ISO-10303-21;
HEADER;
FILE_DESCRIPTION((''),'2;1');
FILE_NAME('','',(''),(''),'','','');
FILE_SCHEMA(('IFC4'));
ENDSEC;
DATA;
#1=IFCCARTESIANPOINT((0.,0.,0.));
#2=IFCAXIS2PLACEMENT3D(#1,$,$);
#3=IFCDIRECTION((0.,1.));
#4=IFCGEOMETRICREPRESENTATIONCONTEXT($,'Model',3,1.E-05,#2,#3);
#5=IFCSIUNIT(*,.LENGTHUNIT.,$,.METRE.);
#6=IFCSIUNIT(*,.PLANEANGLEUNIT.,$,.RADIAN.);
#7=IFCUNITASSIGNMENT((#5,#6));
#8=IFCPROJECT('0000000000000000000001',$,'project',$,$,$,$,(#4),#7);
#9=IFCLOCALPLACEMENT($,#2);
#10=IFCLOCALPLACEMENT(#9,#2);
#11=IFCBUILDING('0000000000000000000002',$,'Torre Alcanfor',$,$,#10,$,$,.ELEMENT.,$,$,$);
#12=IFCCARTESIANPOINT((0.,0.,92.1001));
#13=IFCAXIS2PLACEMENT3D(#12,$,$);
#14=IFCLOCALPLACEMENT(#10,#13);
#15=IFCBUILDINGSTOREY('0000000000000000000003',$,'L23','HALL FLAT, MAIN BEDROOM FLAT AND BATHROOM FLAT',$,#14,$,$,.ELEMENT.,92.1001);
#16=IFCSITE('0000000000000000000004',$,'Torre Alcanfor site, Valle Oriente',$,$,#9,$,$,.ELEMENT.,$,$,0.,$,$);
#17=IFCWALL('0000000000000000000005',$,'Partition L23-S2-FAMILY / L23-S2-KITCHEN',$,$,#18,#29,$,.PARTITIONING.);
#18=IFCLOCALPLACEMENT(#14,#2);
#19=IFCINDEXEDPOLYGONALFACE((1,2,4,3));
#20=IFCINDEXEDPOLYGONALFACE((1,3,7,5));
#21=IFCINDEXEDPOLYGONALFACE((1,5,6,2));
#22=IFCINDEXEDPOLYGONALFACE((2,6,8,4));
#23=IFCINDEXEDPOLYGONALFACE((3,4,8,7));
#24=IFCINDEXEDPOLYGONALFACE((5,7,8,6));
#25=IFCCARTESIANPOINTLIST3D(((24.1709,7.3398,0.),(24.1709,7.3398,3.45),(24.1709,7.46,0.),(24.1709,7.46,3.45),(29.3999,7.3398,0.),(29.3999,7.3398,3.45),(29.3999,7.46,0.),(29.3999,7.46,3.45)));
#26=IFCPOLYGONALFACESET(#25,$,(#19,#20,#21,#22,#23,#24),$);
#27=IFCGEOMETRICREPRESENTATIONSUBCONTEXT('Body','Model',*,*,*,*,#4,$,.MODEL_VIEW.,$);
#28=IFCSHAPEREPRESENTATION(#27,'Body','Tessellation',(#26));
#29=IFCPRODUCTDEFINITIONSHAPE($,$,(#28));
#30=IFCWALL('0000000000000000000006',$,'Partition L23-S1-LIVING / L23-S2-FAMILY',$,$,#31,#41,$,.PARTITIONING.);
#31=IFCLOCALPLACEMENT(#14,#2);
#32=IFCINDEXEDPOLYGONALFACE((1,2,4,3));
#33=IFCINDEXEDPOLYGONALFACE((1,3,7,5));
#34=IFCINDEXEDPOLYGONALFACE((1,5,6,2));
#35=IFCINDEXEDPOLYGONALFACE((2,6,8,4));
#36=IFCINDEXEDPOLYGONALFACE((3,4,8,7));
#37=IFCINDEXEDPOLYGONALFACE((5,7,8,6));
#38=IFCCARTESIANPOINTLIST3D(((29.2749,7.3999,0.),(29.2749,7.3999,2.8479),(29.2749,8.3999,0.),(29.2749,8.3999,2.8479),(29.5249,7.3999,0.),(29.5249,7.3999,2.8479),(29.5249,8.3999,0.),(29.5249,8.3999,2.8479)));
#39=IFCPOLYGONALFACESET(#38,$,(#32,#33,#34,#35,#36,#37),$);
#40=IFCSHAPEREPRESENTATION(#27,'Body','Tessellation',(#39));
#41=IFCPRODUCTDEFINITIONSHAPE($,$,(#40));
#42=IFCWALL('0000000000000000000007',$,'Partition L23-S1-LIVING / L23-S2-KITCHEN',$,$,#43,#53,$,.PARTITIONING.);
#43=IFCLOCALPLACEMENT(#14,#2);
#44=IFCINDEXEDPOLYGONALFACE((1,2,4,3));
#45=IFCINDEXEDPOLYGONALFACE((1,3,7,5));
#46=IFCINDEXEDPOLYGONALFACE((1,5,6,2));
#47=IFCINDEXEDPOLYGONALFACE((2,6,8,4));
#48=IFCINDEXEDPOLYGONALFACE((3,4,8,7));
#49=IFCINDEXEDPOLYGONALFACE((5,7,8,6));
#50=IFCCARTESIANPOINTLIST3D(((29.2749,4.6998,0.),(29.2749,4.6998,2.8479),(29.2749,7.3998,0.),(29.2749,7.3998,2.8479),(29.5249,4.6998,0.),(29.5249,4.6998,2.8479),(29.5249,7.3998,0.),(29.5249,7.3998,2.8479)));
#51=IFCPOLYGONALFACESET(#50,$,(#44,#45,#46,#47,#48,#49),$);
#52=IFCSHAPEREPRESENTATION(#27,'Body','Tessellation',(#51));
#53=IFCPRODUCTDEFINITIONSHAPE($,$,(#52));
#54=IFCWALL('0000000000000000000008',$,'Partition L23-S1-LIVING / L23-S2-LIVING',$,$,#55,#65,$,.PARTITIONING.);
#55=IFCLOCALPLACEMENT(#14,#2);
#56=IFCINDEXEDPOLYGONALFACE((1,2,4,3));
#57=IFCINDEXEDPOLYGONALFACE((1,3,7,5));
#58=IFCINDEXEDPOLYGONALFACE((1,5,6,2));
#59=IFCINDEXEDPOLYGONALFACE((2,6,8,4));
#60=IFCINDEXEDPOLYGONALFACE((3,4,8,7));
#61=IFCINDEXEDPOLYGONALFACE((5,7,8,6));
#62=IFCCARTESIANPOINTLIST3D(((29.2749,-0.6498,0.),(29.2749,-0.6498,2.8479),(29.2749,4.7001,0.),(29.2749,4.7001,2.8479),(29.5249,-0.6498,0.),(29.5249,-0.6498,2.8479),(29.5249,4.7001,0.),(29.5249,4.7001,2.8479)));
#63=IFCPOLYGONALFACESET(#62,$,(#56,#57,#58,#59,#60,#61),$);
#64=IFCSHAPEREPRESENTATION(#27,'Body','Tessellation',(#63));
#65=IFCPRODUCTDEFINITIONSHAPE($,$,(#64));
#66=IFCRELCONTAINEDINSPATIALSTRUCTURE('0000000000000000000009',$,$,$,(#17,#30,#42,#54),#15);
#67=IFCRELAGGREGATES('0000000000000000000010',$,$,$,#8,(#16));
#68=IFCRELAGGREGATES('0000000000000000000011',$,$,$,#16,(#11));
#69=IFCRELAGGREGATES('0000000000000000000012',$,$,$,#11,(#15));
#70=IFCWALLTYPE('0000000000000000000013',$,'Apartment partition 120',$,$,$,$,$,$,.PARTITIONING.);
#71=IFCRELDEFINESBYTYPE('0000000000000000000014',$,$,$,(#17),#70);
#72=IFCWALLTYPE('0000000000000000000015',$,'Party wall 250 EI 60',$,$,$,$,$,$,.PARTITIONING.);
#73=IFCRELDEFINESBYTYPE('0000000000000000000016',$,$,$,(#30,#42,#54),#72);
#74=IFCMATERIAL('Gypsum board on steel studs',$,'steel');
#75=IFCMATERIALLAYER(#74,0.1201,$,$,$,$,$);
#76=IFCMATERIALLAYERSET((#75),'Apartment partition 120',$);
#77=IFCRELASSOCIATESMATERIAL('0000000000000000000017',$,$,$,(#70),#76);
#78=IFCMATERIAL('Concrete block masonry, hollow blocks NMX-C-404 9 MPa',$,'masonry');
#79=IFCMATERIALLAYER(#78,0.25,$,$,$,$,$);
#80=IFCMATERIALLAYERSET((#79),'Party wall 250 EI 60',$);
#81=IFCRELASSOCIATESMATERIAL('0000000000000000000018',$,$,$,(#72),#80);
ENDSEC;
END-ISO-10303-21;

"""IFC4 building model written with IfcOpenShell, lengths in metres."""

from ifc_helpers import new_model, si_unit, direction, frame, frame_2d, origin, place, context, subcontext, project, spatial, rectangle, extrude, material, layer, layer_set, type_object, element, save


model = new_model("IFC4")

# Units and contexts
model_context = context("Model", 3, precision=1e-05, world=origin(), true_north=direction((0.0, 1.0)))
body_context = subcontext(model_context, "Body", "Model", "MODEL_VIEW")
ifc_project = project(units=[si_unit("LENGTHUNIT", "METRE"), si_unit("PLANEANGLEUNIT", "RADIAN")], contexts=[model_context])

# Site, building, storey
site_placement = place(None, origin())
site = spatial("IfcSite", under=ifc_project, at=site_placement, Name="Torre Alcanfor site, Valle Oriente", CompositionType="ELEMENT", RefElevation=0.0)
building_placement = place(site_placement, origin())
building = spatial("IfcBuilding", under=site, at=building_placement, Name="Torre Alcanfor", CompositionType="ELEMENT")
storey_placement = place(building_placement, frame((0.0, 0.0, 92.1001)))
storey = spatial("IfcBuildingStorey", under=building, at=storey_placement, Name="L23", Description="HALL FLAT, MAIN BEDROOM FLAT AND BATHROOM FLAT", CompositionType="ELEMENT", Elevation=92.1001)

# Walls
ifc_material_1 = material(Name="Gypsum board on steel studs", Category="steel")
ifc_layer_1 = layer(ifc_material_1, 0.1201)
ifc_layer_set_1 = layer_set([ifc_layer_1], Name="Apartment partition 120")
wall_type_1 = type_object("IfcWallType", Name="Apartment partition 120", PredefinedType="PARTITIONING", material=ifc_layer_set_1)
wall_1_placement = place(storey_placement, frame((29.3999, 7.3999, 0.0), z_axis=(0.0, 0.0, 1.0), x_axis=(-1.0, 0.0, 0.0)))
element("IfcWall", 1, at=wall_1_placement, inside=storey, type_object=wall_type_1, Name="Partition L23-S2-FAMILY / L23-S2-KITCHEN", PredefinedType="PARTITIONING", context=body_context, shape_type="SweptSolid", body=[
    extrude(rectangle(XDim=5.229, YDim=0.1201, at=frame_2d((2.6145, 0.0))), origin(), (0.0, 0.0, 1.0), 3.45),
])
ifc_material_2 = material(Name="Concrete block masonry, hollow blocks NMX-C-404 9 MPa", Category="masonry")
ifc_layer_2 = layer(ifc_material_2, 0.25)
ifc_layer_set_2 = layer_set([ifc_layer_2], Name="Party wall 250 EI 60")
wall_type_2 = type_object("IfcWallType", Name="Party wall 250 EI 60", PredefinedType="PARTITIONING", material=ifc_layer_set_2)
wall_2_placement = place(storey_placement, frame((29.3999, 8.3999, 0.0), z_axis=(0.0, 0.0, 1.0), x_axis=(0.0, -1.0, 0.0)))
element("IfcWall", 2, at=wall_2_placement, inside=storey, type_object=wall_type_2, Name="Partition L23-S1-LIVING / L23-S2-FAMILY", PredefinedType="PARTITIONING", context=body_context, shape_type="SweptSolid", body=[
    extrude(rectangle(XDim=1.0, YDim=0.25, at=frame_2d((0.5, 0.0))), origin(), (0.0, 0.0, 1.0), 2.8479),
])
wall_3_placement = place(storey_placement, frame((29.3999, 7.3999, 0.0), z_axis=(0.0, 0.0, 1.0), x_axis=(0.0, -1.0, 0.0)))
element("IfcWall", 3, at=wall_3_placement, inside=storey, type_object=wall_type_2, Name="Partition L23-S1-LIVING / L23-S2-KITCHEN", PredefinedType="PARTITIONING", context=body_context, shape_type="SweptSolid", body=[
    extrude(rectangle(XDim=2.7, YDim=0.25, at=frame_2d((1.3501, 0.0))), origin(), (0.0, 0.0, 1.0), 2.8479),
])
wall_4_placement = place(storey_placement, frame((29.3999, 4.7, 0.0), z_axis=(0.0, 0.0, 1.0), x_axis=(0.0, -1.0, 0.0)))
element("IfcWall", 4, at=wall_4_placement, inside=storey, type_object=wall_type_2, Name="Partition L23-S1-LIVING / L23-S2-LIVING", PredefinedType="PARTITIONING", context=body_context, shape_type="SweptSolid", body=[
    extrude(rectangle(XDim=5.3499, YDim=0.25, at=frame_2d((2.6748, 0.0))), origin(), (0.0, 0.0, 1.0), 2.8479),
])

save(model, "model.ifc")
